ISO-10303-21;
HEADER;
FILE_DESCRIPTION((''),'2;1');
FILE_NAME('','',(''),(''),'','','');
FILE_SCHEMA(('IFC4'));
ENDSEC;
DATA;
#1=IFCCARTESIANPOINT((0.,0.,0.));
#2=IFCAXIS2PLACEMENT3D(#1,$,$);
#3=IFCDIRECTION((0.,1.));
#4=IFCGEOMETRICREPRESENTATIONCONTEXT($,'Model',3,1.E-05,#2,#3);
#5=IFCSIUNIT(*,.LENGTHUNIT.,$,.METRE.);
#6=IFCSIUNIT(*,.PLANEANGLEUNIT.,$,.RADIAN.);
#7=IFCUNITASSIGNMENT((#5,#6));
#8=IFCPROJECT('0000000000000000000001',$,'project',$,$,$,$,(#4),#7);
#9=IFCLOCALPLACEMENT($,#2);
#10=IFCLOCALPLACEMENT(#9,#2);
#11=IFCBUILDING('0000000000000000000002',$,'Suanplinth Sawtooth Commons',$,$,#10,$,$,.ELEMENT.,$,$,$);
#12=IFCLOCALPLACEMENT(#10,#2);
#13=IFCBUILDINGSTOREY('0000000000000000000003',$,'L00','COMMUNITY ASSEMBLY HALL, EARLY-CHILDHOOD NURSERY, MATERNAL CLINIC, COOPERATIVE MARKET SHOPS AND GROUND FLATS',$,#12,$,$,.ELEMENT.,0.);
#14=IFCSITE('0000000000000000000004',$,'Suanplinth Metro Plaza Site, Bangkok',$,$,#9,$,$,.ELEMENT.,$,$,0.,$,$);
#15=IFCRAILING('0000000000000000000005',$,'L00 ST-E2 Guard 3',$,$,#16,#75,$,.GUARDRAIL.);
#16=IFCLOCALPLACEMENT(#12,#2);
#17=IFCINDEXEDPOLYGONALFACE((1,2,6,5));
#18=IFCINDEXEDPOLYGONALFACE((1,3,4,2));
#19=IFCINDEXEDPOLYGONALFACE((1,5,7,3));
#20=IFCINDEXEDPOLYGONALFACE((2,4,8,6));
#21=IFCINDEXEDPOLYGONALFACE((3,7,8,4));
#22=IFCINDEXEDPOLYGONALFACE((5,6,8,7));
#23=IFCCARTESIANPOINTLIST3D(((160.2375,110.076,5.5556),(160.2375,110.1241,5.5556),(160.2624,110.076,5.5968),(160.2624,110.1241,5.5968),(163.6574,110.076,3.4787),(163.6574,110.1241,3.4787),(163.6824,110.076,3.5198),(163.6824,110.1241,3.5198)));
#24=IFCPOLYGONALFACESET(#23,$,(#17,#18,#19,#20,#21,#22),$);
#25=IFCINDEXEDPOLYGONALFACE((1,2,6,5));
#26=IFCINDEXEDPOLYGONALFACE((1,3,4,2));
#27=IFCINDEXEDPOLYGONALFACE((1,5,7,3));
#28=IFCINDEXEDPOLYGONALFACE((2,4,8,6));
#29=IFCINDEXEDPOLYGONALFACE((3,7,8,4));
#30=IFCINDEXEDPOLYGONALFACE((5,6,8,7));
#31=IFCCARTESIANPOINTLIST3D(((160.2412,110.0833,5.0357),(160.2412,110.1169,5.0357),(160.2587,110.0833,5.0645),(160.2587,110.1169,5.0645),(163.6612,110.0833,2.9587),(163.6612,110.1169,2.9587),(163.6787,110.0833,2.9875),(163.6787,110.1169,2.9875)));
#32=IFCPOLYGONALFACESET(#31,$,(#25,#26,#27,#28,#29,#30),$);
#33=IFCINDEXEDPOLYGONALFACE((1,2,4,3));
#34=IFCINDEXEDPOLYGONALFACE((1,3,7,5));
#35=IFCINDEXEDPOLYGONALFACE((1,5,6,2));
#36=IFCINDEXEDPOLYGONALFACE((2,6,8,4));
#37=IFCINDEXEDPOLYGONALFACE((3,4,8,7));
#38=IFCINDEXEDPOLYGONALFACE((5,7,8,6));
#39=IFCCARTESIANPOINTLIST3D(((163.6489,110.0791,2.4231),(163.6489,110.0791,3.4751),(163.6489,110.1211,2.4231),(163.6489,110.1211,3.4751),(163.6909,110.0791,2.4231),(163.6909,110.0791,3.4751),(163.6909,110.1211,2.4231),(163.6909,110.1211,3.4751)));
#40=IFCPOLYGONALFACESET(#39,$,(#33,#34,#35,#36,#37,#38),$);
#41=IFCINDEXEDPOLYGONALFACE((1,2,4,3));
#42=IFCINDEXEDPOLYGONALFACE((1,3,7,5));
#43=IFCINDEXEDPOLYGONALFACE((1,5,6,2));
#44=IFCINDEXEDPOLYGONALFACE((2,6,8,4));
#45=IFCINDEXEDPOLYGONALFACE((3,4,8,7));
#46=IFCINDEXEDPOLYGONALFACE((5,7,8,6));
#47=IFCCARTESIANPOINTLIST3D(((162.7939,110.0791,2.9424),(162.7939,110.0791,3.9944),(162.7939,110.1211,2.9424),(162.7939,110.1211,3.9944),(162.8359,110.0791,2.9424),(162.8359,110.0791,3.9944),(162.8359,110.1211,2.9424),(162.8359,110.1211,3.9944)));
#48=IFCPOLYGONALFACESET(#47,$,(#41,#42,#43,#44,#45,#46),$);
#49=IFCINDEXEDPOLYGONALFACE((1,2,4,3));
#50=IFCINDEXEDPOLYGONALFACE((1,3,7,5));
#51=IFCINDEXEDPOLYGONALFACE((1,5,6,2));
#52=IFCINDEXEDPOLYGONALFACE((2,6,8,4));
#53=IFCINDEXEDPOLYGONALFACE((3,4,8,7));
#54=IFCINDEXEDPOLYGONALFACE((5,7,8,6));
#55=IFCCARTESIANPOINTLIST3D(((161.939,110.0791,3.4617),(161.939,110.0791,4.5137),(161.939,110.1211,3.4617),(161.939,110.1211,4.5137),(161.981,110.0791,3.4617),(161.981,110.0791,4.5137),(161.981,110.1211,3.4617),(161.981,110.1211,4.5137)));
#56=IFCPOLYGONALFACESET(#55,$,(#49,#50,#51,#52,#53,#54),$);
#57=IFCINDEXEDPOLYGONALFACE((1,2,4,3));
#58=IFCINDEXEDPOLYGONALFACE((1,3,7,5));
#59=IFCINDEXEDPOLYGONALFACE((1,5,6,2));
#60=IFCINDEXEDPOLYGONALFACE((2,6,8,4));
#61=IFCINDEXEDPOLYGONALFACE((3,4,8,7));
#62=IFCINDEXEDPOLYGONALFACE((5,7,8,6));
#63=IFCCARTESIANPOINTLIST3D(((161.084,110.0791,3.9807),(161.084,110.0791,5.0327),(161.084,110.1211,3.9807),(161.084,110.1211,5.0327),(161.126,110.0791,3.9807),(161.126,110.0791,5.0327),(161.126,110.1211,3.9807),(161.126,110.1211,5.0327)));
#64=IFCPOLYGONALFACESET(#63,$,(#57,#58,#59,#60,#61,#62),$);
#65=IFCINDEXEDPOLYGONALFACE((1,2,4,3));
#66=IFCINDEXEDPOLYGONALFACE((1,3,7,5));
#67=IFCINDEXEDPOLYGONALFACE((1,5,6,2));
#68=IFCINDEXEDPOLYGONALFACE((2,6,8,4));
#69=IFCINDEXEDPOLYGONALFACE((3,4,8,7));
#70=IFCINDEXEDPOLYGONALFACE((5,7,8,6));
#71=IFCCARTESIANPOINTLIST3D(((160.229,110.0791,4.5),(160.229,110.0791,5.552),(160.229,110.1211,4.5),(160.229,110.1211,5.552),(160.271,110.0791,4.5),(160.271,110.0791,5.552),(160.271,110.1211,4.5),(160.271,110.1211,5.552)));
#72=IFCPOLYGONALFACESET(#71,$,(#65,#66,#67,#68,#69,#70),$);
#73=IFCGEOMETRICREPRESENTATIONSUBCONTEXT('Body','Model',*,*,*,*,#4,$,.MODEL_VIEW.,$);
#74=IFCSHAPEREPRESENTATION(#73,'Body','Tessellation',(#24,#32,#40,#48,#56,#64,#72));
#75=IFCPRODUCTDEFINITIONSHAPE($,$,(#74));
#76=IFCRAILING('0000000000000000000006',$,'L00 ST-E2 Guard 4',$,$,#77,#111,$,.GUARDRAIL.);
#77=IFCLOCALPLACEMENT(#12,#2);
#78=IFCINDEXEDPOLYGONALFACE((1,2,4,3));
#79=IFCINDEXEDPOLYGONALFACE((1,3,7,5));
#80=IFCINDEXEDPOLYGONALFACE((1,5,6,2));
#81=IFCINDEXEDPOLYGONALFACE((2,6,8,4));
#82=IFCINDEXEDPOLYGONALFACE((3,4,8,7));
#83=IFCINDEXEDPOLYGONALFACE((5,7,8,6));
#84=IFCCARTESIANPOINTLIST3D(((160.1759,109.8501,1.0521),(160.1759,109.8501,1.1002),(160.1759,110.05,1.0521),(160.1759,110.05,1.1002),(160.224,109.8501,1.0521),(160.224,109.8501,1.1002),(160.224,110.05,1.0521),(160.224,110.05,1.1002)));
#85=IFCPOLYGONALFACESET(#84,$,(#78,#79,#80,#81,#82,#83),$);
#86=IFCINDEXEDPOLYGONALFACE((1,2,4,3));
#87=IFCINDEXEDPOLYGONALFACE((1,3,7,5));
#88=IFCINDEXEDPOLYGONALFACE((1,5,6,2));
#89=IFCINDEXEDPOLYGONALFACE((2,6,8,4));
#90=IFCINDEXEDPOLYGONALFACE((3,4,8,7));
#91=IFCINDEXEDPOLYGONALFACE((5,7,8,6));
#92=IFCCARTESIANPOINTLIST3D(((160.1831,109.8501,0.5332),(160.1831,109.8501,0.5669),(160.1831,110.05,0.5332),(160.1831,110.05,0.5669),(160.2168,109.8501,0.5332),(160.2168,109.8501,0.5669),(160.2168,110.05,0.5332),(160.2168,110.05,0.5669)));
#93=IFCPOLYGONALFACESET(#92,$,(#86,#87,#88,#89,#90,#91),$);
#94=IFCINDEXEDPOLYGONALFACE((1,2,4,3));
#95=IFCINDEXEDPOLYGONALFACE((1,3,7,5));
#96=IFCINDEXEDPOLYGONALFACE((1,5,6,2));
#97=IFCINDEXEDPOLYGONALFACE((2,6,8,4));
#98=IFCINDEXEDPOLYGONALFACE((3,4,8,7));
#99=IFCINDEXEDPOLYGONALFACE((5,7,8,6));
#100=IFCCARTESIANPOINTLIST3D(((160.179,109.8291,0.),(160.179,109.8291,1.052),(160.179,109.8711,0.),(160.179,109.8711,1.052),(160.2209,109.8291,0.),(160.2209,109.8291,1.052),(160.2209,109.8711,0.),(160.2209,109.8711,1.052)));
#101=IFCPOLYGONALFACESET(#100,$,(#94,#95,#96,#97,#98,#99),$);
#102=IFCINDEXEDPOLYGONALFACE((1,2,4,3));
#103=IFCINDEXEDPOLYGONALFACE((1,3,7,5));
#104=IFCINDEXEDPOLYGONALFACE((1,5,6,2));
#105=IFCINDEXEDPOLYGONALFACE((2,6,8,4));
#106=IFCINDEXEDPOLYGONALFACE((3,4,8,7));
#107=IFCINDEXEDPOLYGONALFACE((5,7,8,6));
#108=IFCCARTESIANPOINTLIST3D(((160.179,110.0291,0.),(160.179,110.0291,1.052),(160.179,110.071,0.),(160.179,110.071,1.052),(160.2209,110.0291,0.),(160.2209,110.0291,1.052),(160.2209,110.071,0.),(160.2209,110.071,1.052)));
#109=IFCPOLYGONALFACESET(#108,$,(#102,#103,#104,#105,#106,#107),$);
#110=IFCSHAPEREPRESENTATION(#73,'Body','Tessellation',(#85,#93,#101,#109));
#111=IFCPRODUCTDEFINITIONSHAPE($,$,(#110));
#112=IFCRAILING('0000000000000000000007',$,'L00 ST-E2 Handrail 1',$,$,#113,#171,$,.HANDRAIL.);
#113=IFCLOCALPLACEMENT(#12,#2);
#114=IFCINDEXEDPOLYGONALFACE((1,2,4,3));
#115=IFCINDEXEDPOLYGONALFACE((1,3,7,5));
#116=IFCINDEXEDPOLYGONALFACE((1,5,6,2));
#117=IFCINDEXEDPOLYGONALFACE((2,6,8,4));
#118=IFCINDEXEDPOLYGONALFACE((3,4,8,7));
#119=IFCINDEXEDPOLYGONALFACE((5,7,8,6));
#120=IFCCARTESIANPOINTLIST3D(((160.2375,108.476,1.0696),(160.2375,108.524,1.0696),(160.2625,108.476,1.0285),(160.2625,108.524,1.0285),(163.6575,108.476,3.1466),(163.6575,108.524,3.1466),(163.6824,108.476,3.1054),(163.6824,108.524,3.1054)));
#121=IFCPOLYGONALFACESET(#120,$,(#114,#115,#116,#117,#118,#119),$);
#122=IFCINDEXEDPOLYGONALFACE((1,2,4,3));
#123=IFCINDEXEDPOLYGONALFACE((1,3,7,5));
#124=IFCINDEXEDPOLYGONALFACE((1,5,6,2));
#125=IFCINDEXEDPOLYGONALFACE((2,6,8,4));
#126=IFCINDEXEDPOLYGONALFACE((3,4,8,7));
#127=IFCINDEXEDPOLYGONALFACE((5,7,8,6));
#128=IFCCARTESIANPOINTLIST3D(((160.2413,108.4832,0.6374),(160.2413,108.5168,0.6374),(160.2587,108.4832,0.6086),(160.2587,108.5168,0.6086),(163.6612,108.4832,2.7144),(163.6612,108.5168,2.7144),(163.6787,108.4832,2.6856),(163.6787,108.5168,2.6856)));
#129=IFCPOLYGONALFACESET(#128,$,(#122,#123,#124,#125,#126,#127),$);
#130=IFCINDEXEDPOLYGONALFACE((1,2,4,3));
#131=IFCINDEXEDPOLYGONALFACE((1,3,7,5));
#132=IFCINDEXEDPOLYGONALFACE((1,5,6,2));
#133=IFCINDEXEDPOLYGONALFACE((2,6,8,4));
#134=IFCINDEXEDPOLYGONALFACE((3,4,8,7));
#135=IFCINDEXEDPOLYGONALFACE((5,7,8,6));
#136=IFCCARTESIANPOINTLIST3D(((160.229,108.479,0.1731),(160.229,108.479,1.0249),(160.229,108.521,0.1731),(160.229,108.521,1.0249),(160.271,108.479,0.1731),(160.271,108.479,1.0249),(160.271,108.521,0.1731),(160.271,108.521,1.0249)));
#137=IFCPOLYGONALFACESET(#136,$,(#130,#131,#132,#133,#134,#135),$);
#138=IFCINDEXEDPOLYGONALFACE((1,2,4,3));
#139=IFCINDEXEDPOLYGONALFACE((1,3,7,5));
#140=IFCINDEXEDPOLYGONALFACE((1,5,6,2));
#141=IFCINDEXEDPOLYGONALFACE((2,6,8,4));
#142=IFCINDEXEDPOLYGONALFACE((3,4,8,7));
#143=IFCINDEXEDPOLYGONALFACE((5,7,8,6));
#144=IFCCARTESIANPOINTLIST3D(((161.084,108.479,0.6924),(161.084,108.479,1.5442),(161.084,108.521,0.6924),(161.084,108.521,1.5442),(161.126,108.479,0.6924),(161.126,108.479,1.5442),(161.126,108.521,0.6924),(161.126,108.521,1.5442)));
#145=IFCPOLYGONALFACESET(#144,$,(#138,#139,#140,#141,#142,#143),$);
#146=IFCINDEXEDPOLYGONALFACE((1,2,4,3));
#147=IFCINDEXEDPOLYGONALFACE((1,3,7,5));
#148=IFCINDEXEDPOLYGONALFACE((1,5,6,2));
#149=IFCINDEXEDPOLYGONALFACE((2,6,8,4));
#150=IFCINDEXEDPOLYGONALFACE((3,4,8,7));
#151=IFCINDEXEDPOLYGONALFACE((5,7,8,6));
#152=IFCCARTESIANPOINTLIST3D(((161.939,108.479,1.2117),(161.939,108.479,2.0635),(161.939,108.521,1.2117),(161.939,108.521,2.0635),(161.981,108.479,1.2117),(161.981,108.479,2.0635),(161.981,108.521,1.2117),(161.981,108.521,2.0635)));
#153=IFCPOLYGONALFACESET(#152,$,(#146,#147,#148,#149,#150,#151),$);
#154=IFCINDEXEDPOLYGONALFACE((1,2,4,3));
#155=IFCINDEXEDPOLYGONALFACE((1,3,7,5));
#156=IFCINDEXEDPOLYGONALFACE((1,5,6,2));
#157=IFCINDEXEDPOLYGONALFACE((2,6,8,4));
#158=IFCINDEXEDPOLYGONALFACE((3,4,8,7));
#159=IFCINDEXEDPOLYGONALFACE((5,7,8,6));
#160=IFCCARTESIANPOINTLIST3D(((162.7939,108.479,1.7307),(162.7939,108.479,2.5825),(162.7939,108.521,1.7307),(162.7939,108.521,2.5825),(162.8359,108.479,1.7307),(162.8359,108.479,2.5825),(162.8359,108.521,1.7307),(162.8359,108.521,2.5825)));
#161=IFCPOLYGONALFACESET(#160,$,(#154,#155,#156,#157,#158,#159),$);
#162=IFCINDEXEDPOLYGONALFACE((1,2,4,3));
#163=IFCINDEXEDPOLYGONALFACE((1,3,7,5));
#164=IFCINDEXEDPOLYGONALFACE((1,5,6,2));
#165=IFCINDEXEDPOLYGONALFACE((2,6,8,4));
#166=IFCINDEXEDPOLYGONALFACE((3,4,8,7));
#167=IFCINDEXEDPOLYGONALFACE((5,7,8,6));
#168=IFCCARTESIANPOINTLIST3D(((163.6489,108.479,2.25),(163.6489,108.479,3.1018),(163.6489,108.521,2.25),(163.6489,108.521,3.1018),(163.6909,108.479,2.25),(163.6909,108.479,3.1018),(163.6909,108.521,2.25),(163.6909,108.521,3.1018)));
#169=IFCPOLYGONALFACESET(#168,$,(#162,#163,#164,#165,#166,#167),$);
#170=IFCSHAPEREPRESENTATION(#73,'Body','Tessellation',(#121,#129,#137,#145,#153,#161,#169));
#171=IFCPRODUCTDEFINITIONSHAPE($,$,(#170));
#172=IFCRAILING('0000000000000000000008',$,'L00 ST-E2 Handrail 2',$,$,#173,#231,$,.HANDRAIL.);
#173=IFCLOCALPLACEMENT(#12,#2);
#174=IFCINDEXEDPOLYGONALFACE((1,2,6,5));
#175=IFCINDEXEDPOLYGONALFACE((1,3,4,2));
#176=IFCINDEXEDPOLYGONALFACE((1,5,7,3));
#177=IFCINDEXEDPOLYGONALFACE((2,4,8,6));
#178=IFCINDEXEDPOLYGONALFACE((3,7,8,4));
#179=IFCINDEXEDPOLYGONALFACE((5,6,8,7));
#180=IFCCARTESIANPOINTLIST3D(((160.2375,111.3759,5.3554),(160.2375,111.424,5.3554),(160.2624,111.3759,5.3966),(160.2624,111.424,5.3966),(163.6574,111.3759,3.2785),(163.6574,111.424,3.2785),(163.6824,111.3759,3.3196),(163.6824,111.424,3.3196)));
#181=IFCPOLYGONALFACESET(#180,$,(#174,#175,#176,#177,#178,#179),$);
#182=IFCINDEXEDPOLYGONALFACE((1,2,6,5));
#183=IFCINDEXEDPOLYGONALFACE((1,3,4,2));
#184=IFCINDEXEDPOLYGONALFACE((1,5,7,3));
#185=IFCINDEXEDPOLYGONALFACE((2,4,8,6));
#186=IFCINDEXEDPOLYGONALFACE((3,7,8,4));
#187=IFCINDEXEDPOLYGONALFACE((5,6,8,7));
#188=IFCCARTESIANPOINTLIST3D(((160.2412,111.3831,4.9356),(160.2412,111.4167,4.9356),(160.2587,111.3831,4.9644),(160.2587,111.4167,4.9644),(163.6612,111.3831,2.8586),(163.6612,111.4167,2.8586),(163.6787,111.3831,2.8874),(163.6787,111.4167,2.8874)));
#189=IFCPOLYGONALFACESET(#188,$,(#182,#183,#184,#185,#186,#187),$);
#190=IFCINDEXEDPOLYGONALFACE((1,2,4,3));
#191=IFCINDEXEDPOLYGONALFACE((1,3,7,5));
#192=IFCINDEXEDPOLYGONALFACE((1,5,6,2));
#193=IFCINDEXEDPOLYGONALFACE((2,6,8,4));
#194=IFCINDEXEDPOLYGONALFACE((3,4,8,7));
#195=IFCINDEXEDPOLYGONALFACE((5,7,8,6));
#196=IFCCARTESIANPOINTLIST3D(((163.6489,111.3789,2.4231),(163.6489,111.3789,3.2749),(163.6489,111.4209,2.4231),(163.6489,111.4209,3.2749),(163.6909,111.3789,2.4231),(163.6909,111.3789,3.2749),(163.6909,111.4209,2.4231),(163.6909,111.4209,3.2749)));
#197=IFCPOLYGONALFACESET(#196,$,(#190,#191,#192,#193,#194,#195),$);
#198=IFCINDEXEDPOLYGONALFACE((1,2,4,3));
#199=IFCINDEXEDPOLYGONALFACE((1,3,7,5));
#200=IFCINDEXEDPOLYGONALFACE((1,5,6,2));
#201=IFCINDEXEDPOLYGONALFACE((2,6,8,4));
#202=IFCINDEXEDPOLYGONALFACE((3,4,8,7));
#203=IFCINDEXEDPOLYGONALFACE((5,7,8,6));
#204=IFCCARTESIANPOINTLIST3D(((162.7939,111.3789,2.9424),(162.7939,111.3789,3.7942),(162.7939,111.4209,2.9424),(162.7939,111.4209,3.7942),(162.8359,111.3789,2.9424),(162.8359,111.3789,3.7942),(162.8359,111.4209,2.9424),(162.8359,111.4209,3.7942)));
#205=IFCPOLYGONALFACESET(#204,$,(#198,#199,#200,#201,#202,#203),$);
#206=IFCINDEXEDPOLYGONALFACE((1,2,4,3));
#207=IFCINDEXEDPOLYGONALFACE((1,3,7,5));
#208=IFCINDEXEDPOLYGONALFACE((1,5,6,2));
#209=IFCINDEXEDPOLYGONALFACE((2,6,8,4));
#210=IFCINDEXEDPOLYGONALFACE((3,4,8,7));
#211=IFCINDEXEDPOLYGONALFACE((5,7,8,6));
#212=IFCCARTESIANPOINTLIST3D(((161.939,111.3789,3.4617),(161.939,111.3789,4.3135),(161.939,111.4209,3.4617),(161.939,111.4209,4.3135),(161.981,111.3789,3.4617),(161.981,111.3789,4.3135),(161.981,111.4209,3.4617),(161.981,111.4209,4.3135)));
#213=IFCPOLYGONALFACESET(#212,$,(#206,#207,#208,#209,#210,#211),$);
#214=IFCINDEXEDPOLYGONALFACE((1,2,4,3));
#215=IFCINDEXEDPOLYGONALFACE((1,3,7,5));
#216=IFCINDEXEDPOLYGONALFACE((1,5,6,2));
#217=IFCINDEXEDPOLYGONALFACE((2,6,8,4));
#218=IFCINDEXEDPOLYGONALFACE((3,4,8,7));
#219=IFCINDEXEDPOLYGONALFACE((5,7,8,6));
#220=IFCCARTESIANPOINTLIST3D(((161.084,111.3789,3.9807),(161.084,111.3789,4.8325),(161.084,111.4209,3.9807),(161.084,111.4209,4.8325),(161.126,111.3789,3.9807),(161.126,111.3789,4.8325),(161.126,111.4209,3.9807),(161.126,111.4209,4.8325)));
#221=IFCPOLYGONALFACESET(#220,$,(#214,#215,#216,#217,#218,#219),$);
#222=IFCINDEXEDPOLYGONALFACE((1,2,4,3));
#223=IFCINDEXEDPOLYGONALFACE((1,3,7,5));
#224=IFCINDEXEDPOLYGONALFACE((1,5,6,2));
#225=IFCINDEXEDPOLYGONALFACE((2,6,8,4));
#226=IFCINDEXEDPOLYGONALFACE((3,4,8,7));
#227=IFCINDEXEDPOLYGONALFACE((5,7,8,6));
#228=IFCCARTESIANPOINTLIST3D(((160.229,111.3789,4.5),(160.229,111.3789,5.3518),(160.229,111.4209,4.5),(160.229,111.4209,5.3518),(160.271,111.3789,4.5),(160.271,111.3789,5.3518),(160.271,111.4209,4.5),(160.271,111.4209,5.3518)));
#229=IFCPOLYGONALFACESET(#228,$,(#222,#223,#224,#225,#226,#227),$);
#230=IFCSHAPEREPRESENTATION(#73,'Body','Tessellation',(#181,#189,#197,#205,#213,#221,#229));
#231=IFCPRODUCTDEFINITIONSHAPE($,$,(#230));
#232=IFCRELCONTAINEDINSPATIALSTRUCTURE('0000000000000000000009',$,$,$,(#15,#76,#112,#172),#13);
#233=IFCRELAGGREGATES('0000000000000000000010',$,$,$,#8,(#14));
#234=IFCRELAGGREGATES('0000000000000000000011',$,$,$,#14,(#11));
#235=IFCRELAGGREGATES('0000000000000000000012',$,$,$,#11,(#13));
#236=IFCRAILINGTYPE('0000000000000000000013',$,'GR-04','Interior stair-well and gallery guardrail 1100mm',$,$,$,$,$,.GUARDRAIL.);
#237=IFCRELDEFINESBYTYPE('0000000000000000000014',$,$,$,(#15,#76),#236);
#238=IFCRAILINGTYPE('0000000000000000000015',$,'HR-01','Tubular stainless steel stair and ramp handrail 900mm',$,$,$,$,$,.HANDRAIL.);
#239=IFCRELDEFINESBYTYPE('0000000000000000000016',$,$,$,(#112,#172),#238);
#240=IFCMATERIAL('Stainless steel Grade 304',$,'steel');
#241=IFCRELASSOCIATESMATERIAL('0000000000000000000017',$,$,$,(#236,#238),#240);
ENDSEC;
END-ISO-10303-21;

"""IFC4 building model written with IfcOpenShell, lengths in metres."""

from ifc_helpers import new_model, si_unit, direction, frame, origin, origin_2d, place, context, subcontext, project, spatial, rectangle, extrude, material, type_object, element, save


model = new_model("IFC4")

# Units and contexts
model_context = context("Model", 3, precision=1e-05, world=origin(), true_north=direction((0.0, 1.0)))
body_context = subcontext(model_context, "Body", "Model", "MODEL_VIEW")
ifc_project = project(units=[si_unit("LENGTHUNIT", "METRE"), si_unit("PLANEANGLEUNIT", "RADIAN")], contexts=[model_context])

# Site, building, storey
site_placement = place(None, origin())
site = spatial("IfcSite", under=ifc_project, at=site_placement, Name="Suanplinth Metro Plaza Site, Bangkok", CompositionType="ELEMENT", RefElevation=0.0)
building_placement = place(site_placement, origin())
building = spatial("IfcBuilding", under=site, at=building_placement, Name="Suanplinth Sawtooth Commons", CompositionType="ELEMENT")
storey_placement = place(building_placement, origin())
storey = spatial("IfcBuildingStorey", under=building, at=storey_placement, Name="L00", Description="COMMUNITY ASSEMBLY HALL, EARLY-CHILDHOOD NURSERY, MATERNAL CLINIC, COOPERATIVE MARKET SHOPS AND GROUND FLATS", CompositionType="ELEMENT", Elevation=0.0)

# Shared definitions
ifc_material_1 = material(Name="Stainless steel Grade 304", Category="steel")

# Railings
railing_type_1 = type_object("IfcRailingType", Name="GR-04", Description="Interior stair-well and gallery guardrail 1100mm", PredefinedType="GUARDRAIL", material=ifc_material_1)
railing_1_placement = place(storey_placement, frame((163.6699, 110.1001, 2.4231)))
element("IfcRailing", 1, at=railing_1_placement, inside=storey, type_object=railing_type_1, Name="L00 ST-E2 Guard 3", PredefinedType="GUARDRAIL", context=body_context, shape_type="SweptSolid", body=[
    extrude(rectangle(XDim=0.0481, YDim=0.0481, at=origin_2d()), frame((0.0, 0.0, 1.0762), z_axis=(-0.85473, 0.0, 0.519074), x_axis=(0.0, -1.0, 0.0)), (0.0, 0.0, 1.0), 4.0012),
    extrude(rectangle(XDim=0.0337, YDim=0.0337, at=origin_2d()), frame((0.0, 0.0, 0.55), z_axis=(-0.85473, 0.0, 0.519074), x_axis=(0.0, -1.0, 0.0)), (0.0, 0.0, 1.0), 4.0012),
    extrude(rectangle(XDim=0.042, YDim=0.042, at=origin_2d()), origin(), (0.0, 0.0, 1.0), 1.052),
    extrude(rectangle(XDim=0.042, YDim=0.042, at=origin_2d()), frame((-0.855, 0.0, 0.5193)), (0.0, 0.0, 1.0), 1.052),
    extrude(rectangle(XDim=0.042, YDim=0.042, at=origin_2d()), frame((-1.71, 0.0, 1.0386)), (0.0, 0.0, 1.0), 1.052),
    extrude(rectangle(XDim=0.042, YDim=0.042, at=origin_2d()), frame((-2.5649, 0.0, 1.5576)), (0.0, 0.0, 1.0), 1.052),
    extrude(rectangle(XDim=0.042, YDim=0.042, at=origin_2d()), frame((-3.4199, 0.0, 2.0769)), (0.0, 0.0, 1.0), 1.052),
])
railing_2_placement = place(storey_placement, frame((160.2, 109.8501, 0.0)))
element("IfcRailing", 2, at=railing_2_placement, inside=storey, type_object=railing_type_1, Name="L00 ST-E2 Guard 4", PredefinedType="GUARDRAIL", context=body_context, shape_type="SweptSolid", body=[
    extrude(rectangle(XDim=0.0481, YDim=0.0481, at=origin_2d()), frame((0.0, 0.0, 1.0762), z_axis=(0.0, 1.0, 0.0), x_axis=(-1.0, 0.0, 0.0)), (0.0, 0.0, 1.0), 0.2),
    extrude(rectangle(XDim=0.0337, YDim=0.0337, at=origin_2d()), frame((0.0, 0.0, 0.55), z_axis=(0.0, 1.0, 0.0), x_axis=(-1.0, 0.0, 0.0)), (0.0, 0.0, 1.0), 0.2),
    extrude(rectangle(XDim=0.042, YDim=0.042, at=origin_2d()), origin(), (0.0, 0.0, 1.0), 1.052),
    extrude(rectangle(XDim=0.042, YDim=0.042, at=origin_2d()), frame((0.0, 0.2, 0.0)), (0.0, 0.0, 1.0), 1.052),
])
railing_type_2 = type_object("IfcRailingType", Name="HR-01", Description="Tubular stainless steel stair and ramp handrail 900mm", PredefinedType="HANDRAIL", material=ifc_material_1)
railing_3_placement = place(storey_placement, frame((160.25, 108.5, 0.1731)))
element("IfcRailing", 3, at=railing_3_placement, inside=storey, type_object=railing_type_2, Name="L00 ST-E2 Handrail 1", PredefinedType="HANDRAIL", context=body_context, shape_type="SweptSolid", body=[
    extrude(rectangle(XDim=0.0481, YDim=0.0481, at=origin_2d()), frame((0.0, 0.0, 0.876), z_axis=(0.85473, 0.0, 0.519074), x_axis=(0.0, 1.0, 0.0)), (0.0, 0.0, 1.0), 4.0012),
    extrude(rectangle(XDim=0.0337, YDim=0.0337, at=origin_2d()), frame((0.0, 0.0, 0.45), z_axis=(0.85473, 0.0, 0.519074), x_axis=(0.0, 1.0, 0.0)), (0.0, 0.0, 1.0), 4.0012),
    extrude(rectangle(XDim=0.042, YDim=0.042, at=origin_2d()), origin(), (0.0, 0.0, 1.0), 0.8518),
    extrude(rectangle(XDim=0.042, YDim=0.042, at=origin_2d()), frame((0.855, 0.0, 0.5193)), (0.0, 0.0, 1.0), 0.8518),
    extrude(rectangle(XDim=0.042, YDim=0.042, at=origin_2d()), frame((1.71, 0.0, 1.0386)), (0.0, 0.0, 1.0), 0.8518),
    extrude(rectangle(XDim=0.042, YDim=0.042, at=origin_2d()), frame((2.5649, 0.0, 1.5576)), (0.0, 0.0, 1.0), 0.8518),
    extrude(rectangle(XDim=0.042, YDim=0.042, at=origin_2d()), frame((3.4199, 0.0, 2.0769)), (0.0, 0.0, 1.0), 0.8518),
])
railing_4_placement = place(storey_placement, frame((163.6699, 111.3999, 2.4231)))
element("IfcRailing", 4, at=railing_4_placement, inside=storey, type_object=railing_type_2, Name="L00 ST-E2 Handrail 2", PredefinedType="HANDRAIL", context=body_context, shape_type="SweptSolid", body=[
    extrude(rectangle(XDim=0.0481, YDim=0.0481, at=origin_2d()), frame((0.0, 0.0, 0.876), z_axis=(-0.85473, 0.0, 0.519074), x_axis=(0.0, -1.0, 0.0)), (0.0, 0.0, 1.0), 4.0012),
    extrude(rectangle(XDim=0.0337, YDim=0.0337, at=origin_2d()), frame((0.0, 0.0, 0.45), z_axis=(-0.85473, 0.0, 0.519074), x_axis=(0.0, -1.0, 0.0)), (0.0, 0.0, 1.0), 4.0012),
    extrude(rectangle(XDim=0.042, YDim=0.042, at=origin_2d()), origin(), (0.0, 0.0, 1.0), 0.8518),
    extrude(rectangle(XDim=0.042, YDim=0.042, at=origin_2d()), frame((-0.855, 0.0, 0.5193)), (0.0, 0.0, 1.0), 0.8518),
    extrude(rectangle(XDim=0.042, YDim=0.042, at=origin_2d()), frame((-1.71, 0.0, 1.0386)), (0.0, 0.0, 1.0), 0.8518),
    extrude(rectangle(XDim=0.042, YDim=0.042, at=origin_2d()), frame((-2.5649, 0.0, 1.5576)), (0.0, 0.0, 1.0), 0.8518),
    extrude(rectangle(XDim=0.042, YDim=0.042, at=origin_2d()), frame((-3.4199, 0.0, 2.0769)), (0.0, 0.0, 1.0), 0.8518),
])

save(model, "model.ifc")
